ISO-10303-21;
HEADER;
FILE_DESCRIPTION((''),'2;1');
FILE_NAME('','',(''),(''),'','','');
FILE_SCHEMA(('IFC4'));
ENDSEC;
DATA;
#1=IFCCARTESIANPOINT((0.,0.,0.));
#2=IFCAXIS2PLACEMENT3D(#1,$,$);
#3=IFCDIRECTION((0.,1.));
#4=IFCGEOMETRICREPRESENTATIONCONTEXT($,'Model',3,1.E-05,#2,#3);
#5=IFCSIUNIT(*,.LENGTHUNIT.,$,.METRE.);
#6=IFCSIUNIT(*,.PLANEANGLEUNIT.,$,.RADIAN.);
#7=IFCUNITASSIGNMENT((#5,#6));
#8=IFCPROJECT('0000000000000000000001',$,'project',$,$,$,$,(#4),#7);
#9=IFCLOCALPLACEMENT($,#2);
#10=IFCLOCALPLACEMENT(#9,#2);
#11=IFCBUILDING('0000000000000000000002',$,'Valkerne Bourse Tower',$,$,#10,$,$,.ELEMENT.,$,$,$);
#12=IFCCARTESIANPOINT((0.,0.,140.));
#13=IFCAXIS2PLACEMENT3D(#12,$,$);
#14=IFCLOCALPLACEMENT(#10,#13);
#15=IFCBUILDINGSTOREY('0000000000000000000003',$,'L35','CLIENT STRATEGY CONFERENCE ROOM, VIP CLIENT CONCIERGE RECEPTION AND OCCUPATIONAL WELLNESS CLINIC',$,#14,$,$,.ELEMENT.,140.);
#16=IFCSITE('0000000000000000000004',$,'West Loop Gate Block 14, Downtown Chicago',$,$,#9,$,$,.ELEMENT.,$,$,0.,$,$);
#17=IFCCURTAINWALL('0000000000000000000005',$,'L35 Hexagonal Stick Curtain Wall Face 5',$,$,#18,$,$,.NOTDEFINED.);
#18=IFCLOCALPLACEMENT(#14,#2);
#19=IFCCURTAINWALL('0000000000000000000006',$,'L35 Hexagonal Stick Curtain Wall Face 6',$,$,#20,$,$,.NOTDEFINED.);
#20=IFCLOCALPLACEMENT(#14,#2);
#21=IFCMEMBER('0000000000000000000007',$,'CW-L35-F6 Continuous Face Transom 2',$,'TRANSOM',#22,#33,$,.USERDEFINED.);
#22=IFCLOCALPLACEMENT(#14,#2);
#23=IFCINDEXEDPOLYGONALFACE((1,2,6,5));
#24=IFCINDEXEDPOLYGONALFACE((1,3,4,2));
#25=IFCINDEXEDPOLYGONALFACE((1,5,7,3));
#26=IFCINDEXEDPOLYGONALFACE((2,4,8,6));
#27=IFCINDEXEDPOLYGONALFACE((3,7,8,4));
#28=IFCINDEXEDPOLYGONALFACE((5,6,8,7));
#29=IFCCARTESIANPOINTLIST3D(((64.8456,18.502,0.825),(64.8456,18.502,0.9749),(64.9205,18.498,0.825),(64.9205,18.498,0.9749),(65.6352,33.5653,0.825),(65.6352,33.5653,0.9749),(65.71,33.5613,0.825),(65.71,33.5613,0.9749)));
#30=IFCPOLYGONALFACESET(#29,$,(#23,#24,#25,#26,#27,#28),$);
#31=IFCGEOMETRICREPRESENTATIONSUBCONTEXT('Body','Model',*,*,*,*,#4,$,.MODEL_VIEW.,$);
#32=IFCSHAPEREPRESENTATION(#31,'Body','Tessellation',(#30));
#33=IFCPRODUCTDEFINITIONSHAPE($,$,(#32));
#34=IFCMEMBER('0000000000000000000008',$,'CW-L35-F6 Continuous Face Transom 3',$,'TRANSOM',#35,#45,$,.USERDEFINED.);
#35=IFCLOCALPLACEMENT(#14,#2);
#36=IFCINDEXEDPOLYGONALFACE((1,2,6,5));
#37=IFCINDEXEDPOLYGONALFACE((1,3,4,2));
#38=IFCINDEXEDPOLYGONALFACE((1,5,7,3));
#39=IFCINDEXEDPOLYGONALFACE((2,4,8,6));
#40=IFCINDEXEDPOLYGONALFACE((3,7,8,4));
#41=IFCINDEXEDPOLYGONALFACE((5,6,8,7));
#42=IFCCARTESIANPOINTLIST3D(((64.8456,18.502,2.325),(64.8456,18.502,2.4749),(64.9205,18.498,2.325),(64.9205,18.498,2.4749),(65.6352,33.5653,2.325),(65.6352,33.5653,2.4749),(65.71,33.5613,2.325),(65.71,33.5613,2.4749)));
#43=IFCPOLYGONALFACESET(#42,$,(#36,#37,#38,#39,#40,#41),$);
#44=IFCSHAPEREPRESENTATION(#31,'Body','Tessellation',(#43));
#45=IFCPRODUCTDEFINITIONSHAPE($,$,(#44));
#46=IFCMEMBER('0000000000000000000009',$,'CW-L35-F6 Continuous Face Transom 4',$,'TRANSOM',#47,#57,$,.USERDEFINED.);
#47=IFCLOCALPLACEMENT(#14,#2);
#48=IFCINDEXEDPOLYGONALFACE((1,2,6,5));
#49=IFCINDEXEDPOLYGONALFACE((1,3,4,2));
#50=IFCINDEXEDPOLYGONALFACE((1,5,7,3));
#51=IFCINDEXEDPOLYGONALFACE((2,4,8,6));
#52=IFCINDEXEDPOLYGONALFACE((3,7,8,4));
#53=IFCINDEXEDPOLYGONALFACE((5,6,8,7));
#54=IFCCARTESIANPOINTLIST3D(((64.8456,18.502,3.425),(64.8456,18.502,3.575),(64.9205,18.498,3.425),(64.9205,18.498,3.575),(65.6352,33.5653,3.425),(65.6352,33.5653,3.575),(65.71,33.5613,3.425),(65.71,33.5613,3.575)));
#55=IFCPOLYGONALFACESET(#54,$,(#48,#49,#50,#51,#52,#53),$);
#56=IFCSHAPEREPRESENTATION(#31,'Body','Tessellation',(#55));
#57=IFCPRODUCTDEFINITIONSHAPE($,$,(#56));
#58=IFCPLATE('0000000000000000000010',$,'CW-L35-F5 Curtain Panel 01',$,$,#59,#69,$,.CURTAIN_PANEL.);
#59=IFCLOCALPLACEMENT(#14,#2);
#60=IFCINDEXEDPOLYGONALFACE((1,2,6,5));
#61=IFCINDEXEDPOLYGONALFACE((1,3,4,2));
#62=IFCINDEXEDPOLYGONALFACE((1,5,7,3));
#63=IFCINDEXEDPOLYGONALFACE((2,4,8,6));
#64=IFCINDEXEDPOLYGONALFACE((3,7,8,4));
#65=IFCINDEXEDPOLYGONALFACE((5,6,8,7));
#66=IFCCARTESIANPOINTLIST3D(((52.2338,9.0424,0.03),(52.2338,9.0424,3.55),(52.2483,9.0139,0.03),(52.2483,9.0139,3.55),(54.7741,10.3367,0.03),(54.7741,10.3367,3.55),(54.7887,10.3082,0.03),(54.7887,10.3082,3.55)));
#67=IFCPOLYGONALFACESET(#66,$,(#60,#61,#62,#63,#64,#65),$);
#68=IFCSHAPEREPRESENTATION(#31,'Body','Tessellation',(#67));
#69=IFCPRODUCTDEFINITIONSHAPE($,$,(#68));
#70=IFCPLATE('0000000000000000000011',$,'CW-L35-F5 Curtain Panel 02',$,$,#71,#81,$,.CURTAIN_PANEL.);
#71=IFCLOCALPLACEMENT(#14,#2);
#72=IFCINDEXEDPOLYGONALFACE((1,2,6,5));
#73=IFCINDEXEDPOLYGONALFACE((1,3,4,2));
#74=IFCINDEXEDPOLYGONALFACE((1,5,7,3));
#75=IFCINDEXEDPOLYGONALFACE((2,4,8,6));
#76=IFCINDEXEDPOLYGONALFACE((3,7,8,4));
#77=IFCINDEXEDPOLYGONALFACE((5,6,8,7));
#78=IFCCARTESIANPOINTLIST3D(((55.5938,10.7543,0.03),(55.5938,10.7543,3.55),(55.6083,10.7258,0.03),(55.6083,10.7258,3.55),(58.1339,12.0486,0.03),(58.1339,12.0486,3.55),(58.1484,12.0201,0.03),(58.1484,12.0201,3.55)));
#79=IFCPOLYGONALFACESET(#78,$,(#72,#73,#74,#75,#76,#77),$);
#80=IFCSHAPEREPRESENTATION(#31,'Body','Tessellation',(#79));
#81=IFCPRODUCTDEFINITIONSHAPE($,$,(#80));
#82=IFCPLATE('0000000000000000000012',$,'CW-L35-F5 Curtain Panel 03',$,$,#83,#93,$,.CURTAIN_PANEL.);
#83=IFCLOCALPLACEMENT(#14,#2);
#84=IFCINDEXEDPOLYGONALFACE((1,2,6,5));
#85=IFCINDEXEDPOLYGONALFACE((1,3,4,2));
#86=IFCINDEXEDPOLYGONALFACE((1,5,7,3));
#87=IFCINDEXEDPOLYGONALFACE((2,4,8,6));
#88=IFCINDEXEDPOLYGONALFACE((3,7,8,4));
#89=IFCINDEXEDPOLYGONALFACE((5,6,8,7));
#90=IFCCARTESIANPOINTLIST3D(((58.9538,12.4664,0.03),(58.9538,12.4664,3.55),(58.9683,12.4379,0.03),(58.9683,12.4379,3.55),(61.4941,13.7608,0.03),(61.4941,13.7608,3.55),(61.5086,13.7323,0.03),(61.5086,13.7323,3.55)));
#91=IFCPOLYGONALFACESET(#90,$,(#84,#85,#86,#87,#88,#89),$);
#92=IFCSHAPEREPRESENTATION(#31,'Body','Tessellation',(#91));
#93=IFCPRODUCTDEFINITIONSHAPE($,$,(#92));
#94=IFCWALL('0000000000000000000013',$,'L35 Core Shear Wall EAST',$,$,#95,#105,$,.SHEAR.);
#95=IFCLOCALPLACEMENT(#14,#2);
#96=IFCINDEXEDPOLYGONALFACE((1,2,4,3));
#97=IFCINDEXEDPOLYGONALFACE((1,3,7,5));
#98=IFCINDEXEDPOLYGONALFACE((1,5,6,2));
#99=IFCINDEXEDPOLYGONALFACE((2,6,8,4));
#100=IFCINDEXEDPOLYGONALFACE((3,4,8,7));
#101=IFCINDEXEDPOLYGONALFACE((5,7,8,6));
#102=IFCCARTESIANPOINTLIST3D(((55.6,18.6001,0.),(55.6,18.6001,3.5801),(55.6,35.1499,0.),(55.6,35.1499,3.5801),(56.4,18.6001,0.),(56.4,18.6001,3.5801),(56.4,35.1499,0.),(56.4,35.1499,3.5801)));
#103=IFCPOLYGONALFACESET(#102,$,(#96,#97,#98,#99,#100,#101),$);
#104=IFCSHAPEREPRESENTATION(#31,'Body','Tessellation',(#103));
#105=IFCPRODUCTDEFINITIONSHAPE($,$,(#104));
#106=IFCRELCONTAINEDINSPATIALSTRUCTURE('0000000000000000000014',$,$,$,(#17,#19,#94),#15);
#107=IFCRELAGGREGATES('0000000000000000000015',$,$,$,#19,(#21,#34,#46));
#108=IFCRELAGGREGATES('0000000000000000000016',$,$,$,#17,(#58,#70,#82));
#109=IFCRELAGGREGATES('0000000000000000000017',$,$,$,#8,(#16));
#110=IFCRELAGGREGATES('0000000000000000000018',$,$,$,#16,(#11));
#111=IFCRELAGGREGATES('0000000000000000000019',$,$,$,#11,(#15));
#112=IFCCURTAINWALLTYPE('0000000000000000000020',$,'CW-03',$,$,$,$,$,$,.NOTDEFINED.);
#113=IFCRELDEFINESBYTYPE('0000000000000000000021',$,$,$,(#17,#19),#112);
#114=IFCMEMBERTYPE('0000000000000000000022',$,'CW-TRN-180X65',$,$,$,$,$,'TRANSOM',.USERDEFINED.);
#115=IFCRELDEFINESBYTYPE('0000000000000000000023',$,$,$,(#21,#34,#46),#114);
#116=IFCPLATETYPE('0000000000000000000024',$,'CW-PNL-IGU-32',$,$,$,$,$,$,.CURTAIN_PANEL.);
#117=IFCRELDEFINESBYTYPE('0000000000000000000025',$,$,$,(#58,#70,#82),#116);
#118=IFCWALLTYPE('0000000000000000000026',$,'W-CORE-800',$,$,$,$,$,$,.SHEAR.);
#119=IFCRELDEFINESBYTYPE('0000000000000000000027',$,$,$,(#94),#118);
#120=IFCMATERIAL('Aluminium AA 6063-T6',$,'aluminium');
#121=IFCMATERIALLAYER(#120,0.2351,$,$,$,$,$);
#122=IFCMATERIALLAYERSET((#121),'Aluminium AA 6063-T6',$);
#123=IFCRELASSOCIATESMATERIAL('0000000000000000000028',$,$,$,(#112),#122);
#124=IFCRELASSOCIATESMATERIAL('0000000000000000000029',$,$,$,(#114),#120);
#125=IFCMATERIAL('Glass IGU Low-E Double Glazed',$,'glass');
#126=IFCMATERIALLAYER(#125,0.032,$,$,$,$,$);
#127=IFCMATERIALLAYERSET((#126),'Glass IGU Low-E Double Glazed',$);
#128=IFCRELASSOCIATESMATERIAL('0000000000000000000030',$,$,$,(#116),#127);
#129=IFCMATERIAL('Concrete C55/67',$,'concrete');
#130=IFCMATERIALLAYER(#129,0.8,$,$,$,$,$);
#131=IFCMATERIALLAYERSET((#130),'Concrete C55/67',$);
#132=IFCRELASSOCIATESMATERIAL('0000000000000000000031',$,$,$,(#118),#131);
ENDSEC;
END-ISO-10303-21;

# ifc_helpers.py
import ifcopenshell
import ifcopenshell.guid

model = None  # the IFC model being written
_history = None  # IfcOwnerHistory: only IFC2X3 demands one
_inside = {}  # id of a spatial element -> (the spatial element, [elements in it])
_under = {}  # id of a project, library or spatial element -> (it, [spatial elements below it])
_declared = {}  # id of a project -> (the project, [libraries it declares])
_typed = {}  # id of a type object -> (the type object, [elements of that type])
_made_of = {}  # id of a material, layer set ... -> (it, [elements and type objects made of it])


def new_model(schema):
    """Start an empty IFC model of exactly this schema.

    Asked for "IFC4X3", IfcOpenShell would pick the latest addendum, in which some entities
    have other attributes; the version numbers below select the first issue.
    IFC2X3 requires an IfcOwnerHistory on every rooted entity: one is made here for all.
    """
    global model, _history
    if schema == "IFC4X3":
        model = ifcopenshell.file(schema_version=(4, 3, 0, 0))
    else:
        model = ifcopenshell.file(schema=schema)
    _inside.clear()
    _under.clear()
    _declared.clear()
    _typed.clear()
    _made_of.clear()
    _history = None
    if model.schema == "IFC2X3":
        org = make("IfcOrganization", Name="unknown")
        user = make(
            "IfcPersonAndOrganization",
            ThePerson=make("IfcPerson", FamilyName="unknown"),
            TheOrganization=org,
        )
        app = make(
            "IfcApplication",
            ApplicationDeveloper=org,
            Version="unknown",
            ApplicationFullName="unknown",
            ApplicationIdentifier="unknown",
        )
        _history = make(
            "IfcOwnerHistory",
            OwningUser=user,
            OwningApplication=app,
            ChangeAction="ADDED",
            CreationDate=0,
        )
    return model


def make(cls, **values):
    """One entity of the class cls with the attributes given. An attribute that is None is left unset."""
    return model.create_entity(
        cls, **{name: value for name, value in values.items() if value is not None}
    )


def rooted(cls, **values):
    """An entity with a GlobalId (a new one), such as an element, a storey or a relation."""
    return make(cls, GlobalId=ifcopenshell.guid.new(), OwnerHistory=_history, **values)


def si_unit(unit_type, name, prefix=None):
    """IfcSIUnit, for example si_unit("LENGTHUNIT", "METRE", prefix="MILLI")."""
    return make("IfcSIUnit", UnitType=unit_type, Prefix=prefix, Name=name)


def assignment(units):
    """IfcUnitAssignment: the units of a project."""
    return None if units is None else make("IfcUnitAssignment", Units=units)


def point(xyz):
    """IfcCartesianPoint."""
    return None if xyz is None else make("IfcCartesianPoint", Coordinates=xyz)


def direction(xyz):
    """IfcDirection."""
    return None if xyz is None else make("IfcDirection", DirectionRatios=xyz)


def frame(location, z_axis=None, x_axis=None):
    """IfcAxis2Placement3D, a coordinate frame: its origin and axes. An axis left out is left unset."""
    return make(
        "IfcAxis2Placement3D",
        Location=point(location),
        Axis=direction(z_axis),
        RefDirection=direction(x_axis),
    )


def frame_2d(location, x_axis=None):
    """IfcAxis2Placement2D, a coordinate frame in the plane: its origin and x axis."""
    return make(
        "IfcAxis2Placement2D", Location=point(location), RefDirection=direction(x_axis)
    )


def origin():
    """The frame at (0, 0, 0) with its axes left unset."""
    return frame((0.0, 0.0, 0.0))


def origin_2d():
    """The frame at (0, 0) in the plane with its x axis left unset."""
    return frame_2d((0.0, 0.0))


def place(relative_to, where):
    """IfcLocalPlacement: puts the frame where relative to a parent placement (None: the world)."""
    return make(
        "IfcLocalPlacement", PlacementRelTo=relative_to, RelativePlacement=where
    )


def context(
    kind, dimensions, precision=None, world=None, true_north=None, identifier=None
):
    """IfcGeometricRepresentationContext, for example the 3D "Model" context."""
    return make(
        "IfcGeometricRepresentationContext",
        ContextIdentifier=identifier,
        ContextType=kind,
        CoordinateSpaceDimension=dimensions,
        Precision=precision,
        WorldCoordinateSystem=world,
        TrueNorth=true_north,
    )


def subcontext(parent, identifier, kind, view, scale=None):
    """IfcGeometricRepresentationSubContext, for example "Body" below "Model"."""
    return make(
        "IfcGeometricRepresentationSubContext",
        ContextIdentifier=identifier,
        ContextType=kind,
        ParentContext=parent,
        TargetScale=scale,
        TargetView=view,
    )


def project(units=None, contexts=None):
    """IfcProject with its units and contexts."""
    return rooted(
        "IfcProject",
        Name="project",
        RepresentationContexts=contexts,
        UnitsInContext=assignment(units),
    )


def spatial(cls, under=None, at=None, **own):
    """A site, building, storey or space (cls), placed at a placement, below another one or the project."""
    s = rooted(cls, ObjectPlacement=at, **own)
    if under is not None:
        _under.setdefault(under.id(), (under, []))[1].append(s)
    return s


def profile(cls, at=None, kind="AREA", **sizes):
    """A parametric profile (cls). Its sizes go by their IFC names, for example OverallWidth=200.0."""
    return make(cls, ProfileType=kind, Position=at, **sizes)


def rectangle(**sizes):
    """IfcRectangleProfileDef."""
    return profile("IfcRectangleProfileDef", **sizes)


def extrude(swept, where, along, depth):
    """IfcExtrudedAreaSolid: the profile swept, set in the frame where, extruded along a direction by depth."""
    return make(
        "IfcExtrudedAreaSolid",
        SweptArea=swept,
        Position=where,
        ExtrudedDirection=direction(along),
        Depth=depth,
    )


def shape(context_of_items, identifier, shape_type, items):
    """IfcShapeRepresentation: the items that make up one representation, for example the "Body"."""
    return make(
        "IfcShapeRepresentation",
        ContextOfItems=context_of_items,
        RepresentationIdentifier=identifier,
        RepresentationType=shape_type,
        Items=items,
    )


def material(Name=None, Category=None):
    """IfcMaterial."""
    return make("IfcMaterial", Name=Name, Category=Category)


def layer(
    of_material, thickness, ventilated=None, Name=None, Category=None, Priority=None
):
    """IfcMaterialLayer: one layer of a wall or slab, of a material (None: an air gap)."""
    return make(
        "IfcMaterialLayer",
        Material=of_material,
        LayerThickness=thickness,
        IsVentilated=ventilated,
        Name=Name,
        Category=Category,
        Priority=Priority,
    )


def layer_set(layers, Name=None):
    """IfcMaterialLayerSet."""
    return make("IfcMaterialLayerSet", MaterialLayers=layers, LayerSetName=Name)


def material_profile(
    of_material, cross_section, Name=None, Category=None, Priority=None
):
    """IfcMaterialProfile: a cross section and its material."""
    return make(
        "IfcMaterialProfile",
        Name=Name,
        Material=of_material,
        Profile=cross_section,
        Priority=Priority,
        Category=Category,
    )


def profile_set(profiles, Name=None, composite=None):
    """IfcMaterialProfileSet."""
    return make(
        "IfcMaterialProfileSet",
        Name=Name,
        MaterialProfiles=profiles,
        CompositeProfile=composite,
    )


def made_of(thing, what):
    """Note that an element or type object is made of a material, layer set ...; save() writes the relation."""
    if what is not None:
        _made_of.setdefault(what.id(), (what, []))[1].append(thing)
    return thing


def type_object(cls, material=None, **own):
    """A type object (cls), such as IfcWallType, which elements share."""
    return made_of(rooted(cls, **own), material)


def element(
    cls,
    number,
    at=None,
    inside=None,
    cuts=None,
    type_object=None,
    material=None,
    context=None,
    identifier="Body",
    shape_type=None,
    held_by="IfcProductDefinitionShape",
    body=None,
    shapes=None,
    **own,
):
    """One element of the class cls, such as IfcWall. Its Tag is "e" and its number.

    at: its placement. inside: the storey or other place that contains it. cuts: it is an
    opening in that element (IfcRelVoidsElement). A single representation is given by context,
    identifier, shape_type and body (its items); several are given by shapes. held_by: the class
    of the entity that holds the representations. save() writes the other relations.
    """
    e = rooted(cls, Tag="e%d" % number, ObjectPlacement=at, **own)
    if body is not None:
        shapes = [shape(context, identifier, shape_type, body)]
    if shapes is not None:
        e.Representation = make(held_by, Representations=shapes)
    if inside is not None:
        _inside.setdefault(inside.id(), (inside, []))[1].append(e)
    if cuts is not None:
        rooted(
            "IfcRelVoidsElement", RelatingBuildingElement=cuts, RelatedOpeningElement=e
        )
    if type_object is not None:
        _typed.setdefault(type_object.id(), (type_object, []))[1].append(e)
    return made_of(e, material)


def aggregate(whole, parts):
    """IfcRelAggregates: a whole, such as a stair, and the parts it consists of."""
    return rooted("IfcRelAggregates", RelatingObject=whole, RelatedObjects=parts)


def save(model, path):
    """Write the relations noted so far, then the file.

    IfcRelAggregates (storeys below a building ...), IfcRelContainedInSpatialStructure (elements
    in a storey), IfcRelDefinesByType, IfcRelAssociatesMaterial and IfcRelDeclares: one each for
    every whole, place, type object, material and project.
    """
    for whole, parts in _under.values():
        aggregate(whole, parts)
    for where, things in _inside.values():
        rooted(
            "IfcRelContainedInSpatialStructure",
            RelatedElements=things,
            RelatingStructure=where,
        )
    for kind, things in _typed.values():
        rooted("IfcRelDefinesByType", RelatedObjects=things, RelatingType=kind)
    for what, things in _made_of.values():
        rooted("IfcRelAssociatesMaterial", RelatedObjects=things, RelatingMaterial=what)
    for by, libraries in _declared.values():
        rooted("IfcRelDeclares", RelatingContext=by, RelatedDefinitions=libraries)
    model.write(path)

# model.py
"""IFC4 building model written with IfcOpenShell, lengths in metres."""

from ifc_helpers import new_model, si_unit, direction, frame, frame_2d, origin, origin_2d, place, context, subcontext, project, spatial, rectangle, extrude, material, layer, layer_set, material_profile, profile_set, type_object, element, aggregate, save


model = new_model("IFC4")

# Units and contexts
model_context = context("Model", 3, precision=1e-05, world=origin(), true_north=direction((0.0, 1.0)))
body_context = subcontext(model_context, "Body", "Model", "MODEL_VIEW")
ifc_project = project(units=[si_unit("LENGTHUNIT", "METRE"), si_unit("PLANEANGLEUNIT", "RADIAN")], contexts=[model_context])

# Site, building, storey
site_placement = place(None, origin())
site = spatial("IfcSite", under=ifc_project, at=site_placement, Name="West Loop Gate Block 14, Downtown Chicago", CompositionType="ELEMENT", RefElevation=0.0)
building_placement = place(site_placement, origin())
building = spatial("IfcBuilding", under=site, at=building_placement, Name="Valkerne Bourse Tower", CompositionType="ELEMENT")
storey_placement = place(building_placement, frame((0.0, 0.0, 140.0)))
storey = spatial("IfcBuildingStorey", under=building, at=storey_placement, Name="L35", Description="CLIENT STRATEGY CONFERENCE ROOM, VIP CLIENT CONCIERGE RECEPTION AND OCCUPATIONAL WELLNESS CLINIC", CompositionType="ELEMENT", Elevation=140.0)

# Curtain walls, members
ifc_material_1 = material(Name="Aluminium AA 6063-T6", Category="aluminium")
ifc_layer_1 = layer(ifc_material_1, 0.2351)
ifc_layer_set_1 = layer_set([ifc_layer_1], Name="Aluminium AA 6063-T6")
curtain_wall_type = type_object("IfcCurtainWallType", Name="CW-03", PredefinedType="NOTDEFINED", material=ifc_layer_set_1)
curtain_wall_1_placement = place(storey_placement, origin())
curtain_wall_1 = element("IfcCurtainWall", 1, at=curtain_wall_1_placement, inside=storey, type_object=curtain_wall_type, Name="L35 Hexagonal Stick Curtain Wall Face 5", PredefinedType="NOTDEFINED")
curtain_wall_2_placement = place(storey_placement, origin())
curtain_wall_2 = element("IfcCurtainWall", 2, at=curtain_wall_2_placement, inside=storey, type_object=curtain_wall_type, Name="L35 Hexagonal Stick Curtain Wall Face 6", PredefinedType="NOTDEFINED")
ifc_material_profile_1 = material_profile(ifc_material_1, rectangle(XDim=0.075, YDim=0.1499, at=origin_2d()), Name="CWT-75X150")
ifc_profile_set_1 = profile_set([ifc_material_profile_1], Name="Aluminium AA 6063-T6")
member_type_1 = type_object("IfcMemberType", Name="CW-TRN-180X65", ElementType="TRANSOM", PredefinedType="USERDEFINED", material=ifc_profile_set_1)
member_1_placement = place(storey_placement, frame((64.8831, 18.5, 0.8999), z_axis=(0.052344, 0.998629, 0.0), x_axis=(-0.998629, 0.052344, 0.0)))
member_1 = element("IfcMember", 3, at=member_1_placement, type_object=member_type_1, Name="CW-L35-F6 Continuous Face Transom 2", ObjectType="TRANSOM", PredefinedType="USERDEFINED", context=body_context, shape_type="SweptSolid", body=[
    extrude(rectangle(XDim=0.075, YDim=0.1499, at=origin_2d()), origin(), (0.0, 0.0, 1.0), 15.084),
])
member_2_placement = place(storey_placement, frame((64.8831, 18.5, 2.3999), z_axis=(0.052344, 0.998629, 0.0), x_axis=(-0.998629, 0.052344, 0.0)))
member_2 = element("IfcMember", 4, at=member_2_placement, type_object=member_type_1, Name="CW-L35-F6 Continuous Face Transom 3", ObjectType="TRANSOM", PredefinedType="USERDEFINED", context=body_context, shape_type="SweptSolid", body=[
    extrude(rectangle(XDim=0.075, YDim=0.1499, at=origin_2d()), origin(), (0.0, 0.0, 1.0), 15.084),
])
member_3_placement = place(storey_placement, frame((64.8831, 18.5, 3.5), z_axis=(0.052344, 0.998629, 0.0), x_axis=(-0.998629, 0.052344, 0.0)))
member_3 = element("IfcMember", 5, at=member_3_placement, type_object=member_type_1, Name="CW-L35-F6 Continuous Face Transom 4", ObjectType="TRANSOM", PredefinedType="USERDEFINED", context=body_context, shape_type="SweptSolid", body=[
    extrude(rectangle(XDim=0.075, YDim=0.1499, at=origin_2d()), origin(), (0.0, 0.0, 1.0), 15.084),
])
aggregate(curtain_wall_2, [member_1, member_2, member_3])

# Plates
ifc_material_2 = material(Name="Glass IGU Low-E Double Glazed", Category="glass")
ifc_layer_2 = layer(ifc_material_2, 0.032)
ifc_layer_set_2 = layer_set([ifc_layer_2], Name="Glass IGU Low-E Double Glazed")
plate_type = type_object("IfcPlateType", Name="CW-PNL-IGU-32", PredefinedType="CURTAIN_PANEL", material=ifc_layer_set_2)
plate_1_placement = place(storey_placement, frame((53.5112, 9.6753, 0.03), z_axis=(0.0, 0.0, 1.0), x_axis=(0.891007, 0.453989, 0.0)))
plate_1 = element("IfcPlate", 6, at=plate_1_placement, type_object=plate_type, Name="CW-L35-F5 Curtain Panel 01", PredefinedType="CURTAIN_PANEL", context=body_context, shape_type="SweptSolid", body=[
    extrude(rectangle(XDim=2.8511, YDim=0.032, at=origin_2d()), origin(), (0.0, 0.0, 1.0), 3.52),
])
plate_2_placement = place(storey_placement, frame((56.8711, 11.3872, 0.03), z_axis=(0.0, 0.0, 1.0), x_axis=(0.891002, 0.454, 0.0)))
plate_2 = element("IfcPlate", 7, at=plate_2_placement, type_object=plate_type, Name="CW-L35-F5 Curtain Panel 02", PredefinedType="CURTAIN_PANEL", context=body_context, shape_type="SweptSolid", body=[
    extrude(rectangle(XDim=2.8508, YDim=0.032, at=origin_2d()), origin(), (0.0, 0.0, 1.0), 3.52),
])
plate_3_placement = place(storey_placement, frame((60.2312, 13.0994, 0.03), z_axis=(0.0, 0.0, 1.0), x_axis=(0.891007, 0.453989, 0.0)))
plate_3 = element("IfcPlate", 8, at=plate_3_placement, type_object=plate_type, Name="CW-L35-F5 Curtain Panel 03", PredefinedType="CURTAIN_PANEL", context=body_context, shape_type="SweptSolid", body=[
    extrude(rectangle(XDim=2.8511, YDim=0.032, at=origin_2d()), origin(), (0.0, 0.0, 1.0), 3.52),
])
aggregate(curtain_wall_1, [plate_1, plate_2, plate_3])

# Wall
ifc_material_3 = material(Name="Concrete C55/67", Category="concrete")
ifc_layer_3 = layer(ifc_material_3, 0.8)
ifc_layer_set_3 = layer_set([ifc_layer_3], Name="Concrete C55/67")
wall_type_1 = type_object("IfcWallType", Name="W-CORE-800", PredefinedType="SHEAR", material=ifc_layer_set_3)
wall_1_placement = place(storey_placement, frame((56.0, 18.6001, 0.0), z_axis=(0.0, 0.0, 1.0), x_axis=(0.0, 1.0, 0.0)))
element("IfcWall", 9, at=wall_1_placement, inside=storey, type_object=wall_type_1, Name="L35 Core Shear Wall EAST", PredefinedType="SHEAR", context=body_context, shape_type="SweptSolid", body=[
    extrude(rectangle(XDim=16.5498, YDim=0.8, at=frame_2d((8.2749, 0.0))), origin(), (0.0, 0.0, 1.0), 3.5801),
])

save(model, "model.ifc")
